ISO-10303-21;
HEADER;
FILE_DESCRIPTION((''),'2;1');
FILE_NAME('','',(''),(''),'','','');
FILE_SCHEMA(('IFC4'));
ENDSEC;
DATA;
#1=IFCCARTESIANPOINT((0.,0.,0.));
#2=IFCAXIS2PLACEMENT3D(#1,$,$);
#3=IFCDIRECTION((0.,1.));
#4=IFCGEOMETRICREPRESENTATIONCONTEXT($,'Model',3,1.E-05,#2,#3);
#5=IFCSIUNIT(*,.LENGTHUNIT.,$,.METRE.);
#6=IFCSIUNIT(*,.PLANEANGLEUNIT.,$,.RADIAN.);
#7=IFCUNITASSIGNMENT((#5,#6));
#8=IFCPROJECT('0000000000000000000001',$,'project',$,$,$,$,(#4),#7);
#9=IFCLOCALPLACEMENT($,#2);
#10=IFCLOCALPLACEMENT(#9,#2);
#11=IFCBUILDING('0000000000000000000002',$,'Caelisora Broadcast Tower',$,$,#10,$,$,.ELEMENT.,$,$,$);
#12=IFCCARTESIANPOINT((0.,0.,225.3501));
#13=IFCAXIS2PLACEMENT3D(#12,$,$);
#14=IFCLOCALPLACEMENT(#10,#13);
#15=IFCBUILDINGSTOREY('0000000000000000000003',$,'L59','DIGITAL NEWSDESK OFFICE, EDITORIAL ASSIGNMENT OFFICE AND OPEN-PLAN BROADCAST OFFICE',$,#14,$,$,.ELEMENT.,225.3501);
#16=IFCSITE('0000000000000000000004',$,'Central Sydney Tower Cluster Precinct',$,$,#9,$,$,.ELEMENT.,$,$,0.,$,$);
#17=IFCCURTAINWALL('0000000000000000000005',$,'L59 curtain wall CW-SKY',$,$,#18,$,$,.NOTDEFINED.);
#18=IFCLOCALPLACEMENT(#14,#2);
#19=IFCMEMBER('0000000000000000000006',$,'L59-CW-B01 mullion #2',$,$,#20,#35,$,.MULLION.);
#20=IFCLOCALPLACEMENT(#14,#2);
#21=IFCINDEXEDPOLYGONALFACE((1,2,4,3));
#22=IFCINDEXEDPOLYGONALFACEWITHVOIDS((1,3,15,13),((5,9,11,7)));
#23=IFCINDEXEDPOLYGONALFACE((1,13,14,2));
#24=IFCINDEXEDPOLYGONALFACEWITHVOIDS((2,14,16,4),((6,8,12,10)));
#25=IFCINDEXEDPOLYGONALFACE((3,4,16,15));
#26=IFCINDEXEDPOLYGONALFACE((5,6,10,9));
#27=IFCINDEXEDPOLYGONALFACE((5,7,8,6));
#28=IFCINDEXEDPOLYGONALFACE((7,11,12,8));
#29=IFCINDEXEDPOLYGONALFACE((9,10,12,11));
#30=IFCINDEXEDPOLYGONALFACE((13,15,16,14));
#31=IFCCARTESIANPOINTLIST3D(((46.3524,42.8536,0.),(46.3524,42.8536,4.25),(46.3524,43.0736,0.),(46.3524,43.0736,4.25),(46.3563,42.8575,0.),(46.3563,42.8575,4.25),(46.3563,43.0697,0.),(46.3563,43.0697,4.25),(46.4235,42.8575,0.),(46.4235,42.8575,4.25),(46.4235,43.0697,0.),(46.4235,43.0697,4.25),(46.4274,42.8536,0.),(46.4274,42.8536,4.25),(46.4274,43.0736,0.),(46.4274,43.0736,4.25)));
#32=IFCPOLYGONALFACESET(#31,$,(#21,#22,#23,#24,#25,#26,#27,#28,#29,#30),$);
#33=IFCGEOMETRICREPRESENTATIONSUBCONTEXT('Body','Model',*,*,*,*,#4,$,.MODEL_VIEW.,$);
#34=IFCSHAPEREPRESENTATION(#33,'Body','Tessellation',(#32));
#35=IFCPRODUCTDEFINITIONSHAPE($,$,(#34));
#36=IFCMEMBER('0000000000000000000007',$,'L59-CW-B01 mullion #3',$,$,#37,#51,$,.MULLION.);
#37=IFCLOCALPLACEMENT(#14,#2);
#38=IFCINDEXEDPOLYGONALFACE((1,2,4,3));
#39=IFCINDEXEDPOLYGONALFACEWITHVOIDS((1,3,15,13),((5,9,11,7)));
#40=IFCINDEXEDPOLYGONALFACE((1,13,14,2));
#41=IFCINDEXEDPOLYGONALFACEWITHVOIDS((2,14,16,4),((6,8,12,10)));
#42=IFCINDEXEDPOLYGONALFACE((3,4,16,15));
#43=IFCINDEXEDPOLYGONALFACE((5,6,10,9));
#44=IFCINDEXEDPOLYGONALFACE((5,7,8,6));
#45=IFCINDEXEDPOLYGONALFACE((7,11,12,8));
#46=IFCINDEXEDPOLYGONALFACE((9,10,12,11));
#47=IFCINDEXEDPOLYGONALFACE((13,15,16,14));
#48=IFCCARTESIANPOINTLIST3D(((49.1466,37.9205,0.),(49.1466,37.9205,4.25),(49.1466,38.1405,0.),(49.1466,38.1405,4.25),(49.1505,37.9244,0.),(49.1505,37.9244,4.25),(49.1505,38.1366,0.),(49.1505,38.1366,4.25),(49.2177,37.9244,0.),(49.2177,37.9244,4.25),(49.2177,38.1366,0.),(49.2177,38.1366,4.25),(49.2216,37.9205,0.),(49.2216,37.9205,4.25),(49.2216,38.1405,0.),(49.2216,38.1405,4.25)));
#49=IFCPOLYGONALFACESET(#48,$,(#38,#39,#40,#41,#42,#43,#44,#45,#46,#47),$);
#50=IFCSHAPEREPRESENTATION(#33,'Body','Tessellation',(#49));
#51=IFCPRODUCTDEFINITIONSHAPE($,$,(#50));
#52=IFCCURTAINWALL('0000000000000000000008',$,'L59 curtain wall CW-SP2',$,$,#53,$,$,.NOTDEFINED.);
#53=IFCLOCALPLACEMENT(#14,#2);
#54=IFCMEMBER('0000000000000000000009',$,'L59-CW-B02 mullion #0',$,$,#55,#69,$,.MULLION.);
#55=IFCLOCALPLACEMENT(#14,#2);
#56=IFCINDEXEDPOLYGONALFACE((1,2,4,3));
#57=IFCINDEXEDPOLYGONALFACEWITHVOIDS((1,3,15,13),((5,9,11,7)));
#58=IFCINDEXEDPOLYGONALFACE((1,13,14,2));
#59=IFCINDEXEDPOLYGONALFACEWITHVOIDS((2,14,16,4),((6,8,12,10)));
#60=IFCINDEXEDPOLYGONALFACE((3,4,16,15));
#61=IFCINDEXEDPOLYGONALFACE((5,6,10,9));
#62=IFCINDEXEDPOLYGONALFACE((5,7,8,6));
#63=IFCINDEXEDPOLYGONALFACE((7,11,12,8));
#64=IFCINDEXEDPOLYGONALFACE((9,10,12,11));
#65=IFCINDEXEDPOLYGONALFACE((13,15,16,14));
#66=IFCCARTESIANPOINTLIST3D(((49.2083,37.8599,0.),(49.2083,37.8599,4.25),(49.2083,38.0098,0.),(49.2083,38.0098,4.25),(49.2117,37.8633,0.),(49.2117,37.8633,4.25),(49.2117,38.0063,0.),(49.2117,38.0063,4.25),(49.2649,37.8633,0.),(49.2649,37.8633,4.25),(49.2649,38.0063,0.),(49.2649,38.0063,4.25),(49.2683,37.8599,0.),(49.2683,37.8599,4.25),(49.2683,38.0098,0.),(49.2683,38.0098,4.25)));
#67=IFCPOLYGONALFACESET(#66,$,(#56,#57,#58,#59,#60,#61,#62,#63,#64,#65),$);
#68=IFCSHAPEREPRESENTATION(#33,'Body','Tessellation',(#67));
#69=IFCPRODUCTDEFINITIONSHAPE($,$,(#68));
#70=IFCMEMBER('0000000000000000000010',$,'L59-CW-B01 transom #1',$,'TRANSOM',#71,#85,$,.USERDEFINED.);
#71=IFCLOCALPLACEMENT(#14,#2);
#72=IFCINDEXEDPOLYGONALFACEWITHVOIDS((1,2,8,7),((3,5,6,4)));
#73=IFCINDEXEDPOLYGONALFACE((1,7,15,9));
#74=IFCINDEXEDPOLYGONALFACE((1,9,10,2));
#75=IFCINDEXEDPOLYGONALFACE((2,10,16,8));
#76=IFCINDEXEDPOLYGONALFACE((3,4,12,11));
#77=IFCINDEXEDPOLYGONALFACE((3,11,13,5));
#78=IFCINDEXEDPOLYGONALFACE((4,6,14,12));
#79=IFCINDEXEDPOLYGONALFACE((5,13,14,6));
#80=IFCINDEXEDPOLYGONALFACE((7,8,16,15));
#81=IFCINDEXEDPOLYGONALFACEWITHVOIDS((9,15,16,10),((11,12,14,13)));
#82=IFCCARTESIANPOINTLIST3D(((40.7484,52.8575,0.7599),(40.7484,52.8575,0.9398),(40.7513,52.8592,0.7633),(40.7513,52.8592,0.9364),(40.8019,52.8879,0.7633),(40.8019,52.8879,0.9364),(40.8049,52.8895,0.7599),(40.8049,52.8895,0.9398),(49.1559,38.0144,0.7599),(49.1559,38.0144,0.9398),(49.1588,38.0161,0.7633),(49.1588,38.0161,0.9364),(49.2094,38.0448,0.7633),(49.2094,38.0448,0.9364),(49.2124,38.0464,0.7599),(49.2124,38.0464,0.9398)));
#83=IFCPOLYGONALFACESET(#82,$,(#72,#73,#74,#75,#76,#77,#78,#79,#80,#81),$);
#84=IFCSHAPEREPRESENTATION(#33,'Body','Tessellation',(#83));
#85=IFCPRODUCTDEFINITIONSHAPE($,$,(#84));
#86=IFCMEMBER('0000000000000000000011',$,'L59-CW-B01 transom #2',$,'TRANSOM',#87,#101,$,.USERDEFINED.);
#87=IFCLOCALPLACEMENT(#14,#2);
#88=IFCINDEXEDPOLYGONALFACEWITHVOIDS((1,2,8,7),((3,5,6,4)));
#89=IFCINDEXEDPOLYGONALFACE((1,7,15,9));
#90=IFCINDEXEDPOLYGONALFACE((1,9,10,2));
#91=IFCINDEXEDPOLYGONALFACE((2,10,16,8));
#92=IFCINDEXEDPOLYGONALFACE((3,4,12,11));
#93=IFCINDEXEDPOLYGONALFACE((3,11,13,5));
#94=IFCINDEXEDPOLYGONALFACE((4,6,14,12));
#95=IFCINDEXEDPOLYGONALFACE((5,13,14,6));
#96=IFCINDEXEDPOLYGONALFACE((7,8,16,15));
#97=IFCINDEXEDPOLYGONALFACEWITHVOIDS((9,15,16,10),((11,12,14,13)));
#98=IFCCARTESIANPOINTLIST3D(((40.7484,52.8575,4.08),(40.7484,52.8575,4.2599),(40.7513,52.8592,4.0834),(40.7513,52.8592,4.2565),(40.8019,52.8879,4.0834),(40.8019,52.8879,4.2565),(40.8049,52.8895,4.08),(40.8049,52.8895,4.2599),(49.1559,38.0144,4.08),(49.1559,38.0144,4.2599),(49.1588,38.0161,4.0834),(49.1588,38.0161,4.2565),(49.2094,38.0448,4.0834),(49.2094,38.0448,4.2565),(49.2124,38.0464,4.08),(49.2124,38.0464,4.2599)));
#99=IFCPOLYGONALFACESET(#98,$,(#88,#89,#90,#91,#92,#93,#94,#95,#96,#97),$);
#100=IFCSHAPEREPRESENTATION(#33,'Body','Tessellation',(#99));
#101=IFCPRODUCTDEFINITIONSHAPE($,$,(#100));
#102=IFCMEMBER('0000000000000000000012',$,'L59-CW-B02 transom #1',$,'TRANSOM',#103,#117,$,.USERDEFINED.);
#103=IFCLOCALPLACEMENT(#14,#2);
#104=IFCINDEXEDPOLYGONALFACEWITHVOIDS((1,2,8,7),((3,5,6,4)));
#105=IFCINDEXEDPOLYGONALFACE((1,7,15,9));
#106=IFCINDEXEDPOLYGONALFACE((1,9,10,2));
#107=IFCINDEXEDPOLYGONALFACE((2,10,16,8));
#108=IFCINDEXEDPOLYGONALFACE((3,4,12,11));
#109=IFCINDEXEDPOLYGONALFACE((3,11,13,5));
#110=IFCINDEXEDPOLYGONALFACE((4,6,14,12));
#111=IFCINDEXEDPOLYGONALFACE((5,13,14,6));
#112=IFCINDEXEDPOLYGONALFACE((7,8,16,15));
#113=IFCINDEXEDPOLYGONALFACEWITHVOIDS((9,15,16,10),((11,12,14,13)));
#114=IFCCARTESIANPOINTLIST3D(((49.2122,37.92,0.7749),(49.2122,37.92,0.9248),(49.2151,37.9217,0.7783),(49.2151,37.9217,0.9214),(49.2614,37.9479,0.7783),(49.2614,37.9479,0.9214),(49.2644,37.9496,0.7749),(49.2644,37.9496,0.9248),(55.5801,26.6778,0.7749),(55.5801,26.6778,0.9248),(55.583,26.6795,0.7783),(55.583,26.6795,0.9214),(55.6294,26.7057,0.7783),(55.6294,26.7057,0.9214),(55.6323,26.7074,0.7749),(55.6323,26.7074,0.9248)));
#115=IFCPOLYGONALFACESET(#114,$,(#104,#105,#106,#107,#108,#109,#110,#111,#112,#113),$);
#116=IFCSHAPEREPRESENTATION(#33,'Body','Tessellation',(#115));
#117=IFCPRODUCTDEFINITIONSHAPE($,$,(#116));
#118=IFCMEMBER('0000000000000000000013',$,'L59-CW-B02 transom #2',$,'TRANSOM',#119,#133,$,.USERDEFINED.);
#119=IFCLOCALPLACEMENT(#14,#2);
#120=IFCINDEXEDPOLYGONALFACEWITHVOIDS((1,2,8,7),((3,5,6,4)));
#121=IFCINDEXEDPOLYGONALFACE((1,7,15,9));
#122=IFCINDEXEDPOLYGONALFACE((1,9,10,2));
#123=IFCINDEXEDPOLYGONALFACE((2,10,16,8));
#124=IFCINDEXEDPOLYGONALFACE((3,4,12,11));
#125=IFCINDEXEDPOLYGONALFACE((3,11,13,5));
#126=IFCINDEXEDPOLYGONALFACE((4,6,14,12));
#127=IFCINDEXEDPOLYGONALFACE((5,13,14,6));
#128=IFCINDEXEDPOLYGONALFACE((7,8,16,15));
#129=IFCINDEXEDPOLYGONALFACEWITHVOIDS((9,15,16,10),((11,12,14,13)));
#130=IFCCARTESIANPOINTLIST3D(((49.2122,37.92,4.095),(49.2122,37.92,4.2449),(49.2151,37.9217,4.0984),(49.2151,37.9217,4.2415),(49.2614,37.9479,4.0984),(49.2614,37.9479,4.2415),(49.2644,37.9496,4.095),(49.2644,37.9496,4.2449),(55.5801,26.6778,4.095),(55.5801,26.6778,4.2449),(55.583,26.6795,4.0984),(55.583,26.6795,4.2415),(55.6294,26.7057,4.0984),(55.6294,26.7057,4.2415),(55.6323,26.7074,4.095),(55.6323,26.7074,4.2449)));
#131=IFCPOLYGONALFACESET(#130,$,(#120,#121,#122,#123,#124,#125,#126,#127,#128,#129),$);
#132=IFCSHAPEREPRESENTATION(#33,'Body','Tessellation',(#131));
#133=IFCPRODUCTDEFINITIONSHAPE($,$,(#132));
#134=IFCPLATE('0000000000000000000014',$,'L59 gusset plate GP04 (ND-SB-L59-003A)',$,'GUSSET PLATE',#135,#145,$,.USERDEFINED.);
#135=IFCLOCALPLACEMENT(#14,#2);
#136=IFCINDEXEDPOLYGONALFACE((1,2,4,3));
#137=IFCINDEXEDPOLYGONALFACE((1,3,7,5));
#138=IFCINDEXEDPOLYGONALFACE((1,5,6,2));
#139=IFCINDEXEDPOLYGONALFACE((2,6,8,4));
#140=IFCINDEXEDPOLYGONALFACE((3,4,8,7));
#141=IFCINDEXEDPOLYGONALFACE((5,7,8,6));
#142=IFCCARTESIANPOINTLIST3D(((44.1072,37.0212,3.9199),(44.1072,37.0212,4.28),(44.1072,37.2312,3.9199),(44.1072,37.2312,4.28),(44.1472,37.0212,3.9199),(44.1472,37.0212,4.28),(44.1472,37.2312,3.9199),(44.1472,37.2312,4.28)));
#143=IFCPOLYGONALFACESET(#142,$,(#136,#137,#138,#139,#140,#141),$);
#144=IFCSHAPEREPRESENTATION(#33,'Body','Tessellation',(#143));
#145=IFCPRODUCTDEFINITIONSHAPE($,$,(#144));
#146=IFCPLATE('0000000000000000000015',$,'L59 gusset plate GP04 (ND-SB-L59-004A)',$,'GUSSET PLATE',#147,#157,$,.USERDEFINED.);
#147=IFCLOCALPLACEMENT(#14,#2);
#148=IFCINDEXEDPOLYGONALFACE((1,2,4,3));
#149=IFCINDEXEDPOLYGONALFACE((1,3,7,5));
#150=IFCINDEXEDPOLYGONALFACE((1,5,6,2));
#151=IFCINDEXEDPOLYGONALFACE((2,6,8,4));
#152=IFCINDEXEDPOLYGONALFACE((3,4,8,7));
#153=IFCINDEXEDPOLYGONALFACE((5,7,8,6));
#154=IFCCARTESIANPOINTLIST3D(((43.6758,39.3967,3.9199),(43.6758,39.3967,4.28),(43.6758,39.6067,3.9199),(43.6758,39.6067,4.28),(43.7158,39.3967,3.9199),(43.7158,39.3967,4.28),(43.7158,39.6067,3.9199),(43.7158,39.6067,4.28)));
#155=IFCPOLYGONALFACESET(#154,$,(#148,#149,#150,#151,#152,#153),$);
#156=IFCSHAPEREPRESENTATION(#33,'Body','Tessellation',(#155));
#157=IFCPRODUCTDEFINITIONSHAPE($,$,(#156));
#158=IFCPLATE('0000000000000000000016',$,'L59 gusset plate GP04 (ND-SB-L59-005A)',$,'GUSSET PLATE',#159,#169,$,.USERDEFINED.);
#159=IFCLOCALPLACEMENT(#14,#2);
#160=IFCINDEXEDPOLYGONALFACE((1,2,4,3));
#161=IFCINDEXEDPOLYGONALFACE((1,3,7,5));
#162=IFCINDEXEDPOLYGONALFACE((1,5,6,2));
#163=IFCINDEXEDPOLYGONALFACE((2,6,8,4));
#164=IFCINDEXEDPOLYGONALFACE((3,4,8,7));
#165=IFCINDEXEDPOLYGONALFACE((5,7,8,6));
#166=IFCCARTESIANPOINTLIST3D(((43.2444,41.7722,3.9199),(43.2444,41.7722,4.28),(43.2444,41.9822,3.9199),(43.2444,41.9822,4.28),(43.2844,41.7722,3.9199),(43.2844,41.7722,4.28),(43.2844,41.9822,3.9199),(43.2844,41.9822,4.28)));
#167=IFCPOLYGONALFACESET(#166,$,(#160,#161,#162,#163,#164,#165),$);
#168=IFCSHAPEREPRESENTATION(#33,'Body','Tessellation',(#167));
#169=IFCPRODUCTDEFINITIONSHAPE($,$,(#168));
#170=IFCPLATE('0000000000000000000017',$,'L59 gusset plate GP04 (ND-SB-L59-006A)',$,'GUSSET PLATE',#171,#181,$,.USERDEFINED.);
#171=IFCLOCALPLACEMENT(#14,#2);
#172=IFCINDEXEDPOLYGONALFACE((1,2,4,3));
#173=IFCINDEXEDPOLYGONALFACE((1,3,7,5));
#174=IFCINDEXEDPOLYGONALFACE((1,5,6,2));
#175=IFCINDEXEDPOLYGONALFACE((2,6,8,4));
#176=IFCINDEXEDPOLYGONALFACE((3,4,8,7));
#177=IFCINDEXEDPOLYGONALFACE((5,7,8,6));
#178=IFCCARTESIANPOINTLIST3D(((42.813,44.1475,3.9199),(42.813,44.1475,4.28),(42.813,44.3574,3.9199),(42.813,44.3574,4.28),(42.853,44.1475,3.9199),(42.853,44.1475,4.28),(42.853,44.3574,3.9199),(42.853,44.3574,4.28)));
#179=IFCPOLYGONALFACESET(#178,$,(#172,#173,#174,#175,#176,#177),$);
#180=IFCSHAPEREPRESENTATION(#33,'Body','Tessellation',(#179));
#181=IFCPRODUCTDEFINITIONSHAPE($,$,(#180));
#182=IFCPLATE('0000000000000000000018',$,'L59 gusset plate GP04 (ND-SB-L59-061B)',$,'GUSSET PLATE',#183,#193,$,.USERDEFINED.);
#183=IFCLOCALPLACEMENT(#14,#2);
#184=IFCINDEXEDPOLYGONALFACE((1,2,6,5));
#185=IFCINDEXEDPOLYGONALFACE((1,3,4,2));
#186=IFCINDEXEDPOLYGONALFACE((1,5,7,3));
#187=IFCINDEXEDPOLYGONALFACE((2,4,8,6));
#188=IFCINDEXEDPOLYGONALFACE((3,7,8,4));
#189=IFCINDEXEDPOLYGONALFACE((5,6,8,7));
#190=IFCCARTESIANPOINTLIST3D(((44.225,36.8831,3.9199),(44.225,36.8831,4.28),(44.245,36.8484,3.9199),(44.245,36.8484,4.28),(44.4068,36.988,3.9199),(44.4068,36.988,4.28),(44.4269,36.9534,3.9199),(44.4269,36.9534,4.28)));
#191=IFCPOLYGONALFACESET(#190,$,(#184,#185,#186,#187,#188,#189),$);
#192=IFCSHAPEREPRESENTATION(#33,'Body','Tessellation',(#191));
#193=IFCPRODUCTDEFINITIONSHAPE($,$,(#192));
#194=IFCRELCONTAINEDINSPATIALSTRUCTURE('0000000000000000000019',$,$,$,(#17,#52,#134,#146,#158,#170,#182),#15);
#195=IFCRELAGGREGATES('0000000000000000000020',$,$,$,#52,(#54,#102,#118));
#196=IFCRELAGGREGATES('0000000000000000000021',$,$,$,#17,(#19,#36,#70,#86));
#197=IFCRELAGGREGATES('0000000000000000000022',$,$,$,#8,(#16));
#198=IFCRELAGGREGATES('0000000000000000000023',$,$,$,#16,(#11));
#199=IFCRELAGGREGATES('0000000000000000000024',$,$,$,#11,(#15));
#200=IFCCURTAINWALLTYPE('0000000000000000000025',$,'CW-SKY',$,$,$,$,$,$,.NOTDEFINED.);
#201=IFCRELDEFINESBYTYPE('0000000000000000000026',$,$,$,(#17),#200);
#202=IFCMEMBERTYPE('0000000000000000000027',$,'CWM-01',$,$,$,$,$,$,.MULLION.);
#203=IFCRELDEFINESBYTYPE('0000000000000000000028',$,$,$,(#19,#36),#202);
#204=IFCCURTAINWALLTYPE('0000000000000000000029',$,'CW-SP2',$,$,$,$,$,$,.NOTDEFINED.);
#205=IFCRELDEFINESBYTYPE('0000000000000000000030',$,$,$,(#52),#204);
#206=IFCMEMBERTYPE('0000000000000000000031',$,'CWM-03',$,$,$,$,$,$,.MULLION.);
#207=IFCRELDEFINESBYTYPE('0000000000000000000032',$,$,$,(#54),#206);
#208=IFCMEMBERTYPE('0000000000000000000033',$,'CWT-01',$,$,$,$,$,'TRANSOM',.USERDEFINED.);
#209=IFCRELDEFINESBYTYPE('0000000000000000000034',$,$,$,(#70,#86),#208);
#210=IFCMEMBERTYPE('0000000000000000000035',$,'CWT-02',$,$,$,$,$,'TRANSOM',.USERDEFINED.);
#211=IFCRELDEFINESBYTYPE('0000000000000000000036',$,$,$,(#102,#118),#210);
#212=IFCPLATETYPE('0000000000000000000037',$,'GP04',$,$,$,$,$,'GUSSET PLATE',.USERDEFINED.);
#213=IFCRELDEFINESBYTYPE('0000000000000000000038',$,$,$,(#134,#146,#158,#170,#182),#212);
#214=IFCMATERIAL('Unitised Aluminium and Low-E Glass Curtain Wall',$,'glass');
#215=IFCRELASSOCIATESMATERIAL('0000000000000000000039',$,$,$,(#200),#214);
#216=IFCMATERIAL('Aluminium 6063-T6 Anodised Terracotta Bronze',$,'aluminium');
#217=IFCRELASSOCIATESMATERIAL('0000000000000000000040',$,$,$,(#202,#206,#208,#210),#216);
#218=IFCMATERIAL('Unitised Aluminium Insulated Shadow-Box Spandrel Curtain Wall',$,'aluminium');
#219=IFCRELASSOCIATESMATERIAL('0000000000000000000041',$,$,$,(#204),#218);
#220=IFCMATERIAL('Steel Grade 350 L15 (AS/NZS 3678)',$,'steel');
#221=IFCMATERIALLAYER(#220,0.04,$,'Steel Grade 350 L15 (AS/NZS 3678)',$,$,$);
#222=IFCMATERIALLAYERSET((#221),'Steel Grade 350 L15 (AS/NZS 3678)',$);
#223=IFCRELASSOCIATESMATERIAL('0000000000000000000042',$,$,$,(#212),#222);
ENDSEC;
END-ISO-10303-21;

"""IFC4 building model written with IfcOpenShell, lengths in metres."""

from ifc_helpers import new_model, si_unit, direction, frame, origin, origin_2d, place, context, subcontext, project, spatial, rectangle, hollow_rectangle, extrude, source, transform, mapped, material, layer, layer_set, material_profile, profile_set, type_object, type_shapes, element, aggregate, save


model = new_model("IFC4")

# Units and contexts
model_context = context("Model", 3, precision=1e-05, world=origin(), true_north=direction((0.0, 1.0)))
body_context = subcontext(model_context, "Body", "Model", "MODEL_VIEW")
ifc_project = project(units=[si_unit("LENGTHUNIT", "METRE"), si_unit("PLANEANGLEUNIT", "RADIAN")], contexts=[model_context])

# Site, building, storey
site_placement = place(None, origin())
site = spatial("IfcSite", under=ifc_project, at=site_placement, Name="Central Sydney Tower Cluster Precinct", CompositionType="ELEMENT", RefElevation=0.0)
building_placement = place(site_placement, origin())
building = spatial("IfcBuilding", under=site, at=building_placement, Name="Caelisora Broadcast Tower", CompositionType="ELEMENT")
storey_placement = place(building_placement, frame((0.0, 0.0, 225.3501)))
storey = spatial("IfcBuildingStorey", under=building, at=storey_placement, Name="L59", Description="DIGITAL NEWSDESK OFFICE, EDITORIAL ASSIGNMENT OFFICE AND OPEN-PLAN BROADCAST OFFICE", CompositionType="ELEMENT", Elevation=225.3501)

# Shared definitions
ifc_material_1 = material(Name="Steel Grade 350 L15 (AS/NZS 3678)", Category="steel")

# Curtain wall, members
ifc_material_2 = material(Name="Unitised Aluminium and Low-E Glass Curtain Wall", Category="glass")
curtain_wall_type_1 = type_object("IfcCurtainWallType", Name="CW-SKY", PredefinedType="NOTDEFINED", material=ifc_material_2)
curtain_wall_1_placement = place(storey_placement, origin())
curtain_wall_1 = element("IfcCurtainWall", 1, at=curtain_wall_1_placement, inside=storey, type_object=curtain_wall_type_1, Name="L59 curtain wall CW-SKY", PredefinedType="NOTDEFINED")
ifc_material_3 = material(Name="Aluminium 6063-T6 Anodised Terracotta Bronze", Category="aluminium")
ifc_material_profile_1 = material_profile(ifc_material_3, hollow_rectangle(XDim=0.075, YDim=0.22, WallThickness=0.0039, at=origin_2d()), Name="Aluminium 6063-T6 Anodised Terracotta Bronze")
ifc_profile_set_1 = profile_set([ifc_material_profile_1], Name="Aluminium 6063-T6 Anodised Terracotta Bronze")
member_type_1 = type_object("IfcMemberType", Name="CWM-01", PredefinedType="MULLION", material=ifc_profile_set_1)
shared_shape_1 = source(origin(), body_context, "Body", "SweptSolid", [
    extrude(hollow_rectangle(XDim=0.075, YDim=0.22, WallThickness=0.0039, at=origin_2d()), origin(), (0.0, 0.0, 1.0), 4.25),
])
type_shapes(member_type_1, [shared_shape_1])
member_1_placement = place(storey_placement, frame((46.3899, 42.9636, 0.0), z_axis=(0.0, 0.0, 1.0), x_axis=(1.0, 0.0, 0.0)))
member_1 = element("IfcMember", 2, at=member_1_placement, type_object=member_type_1, Name="L59-CW-B01 mullion #2", PredefinedType="MULLION", context=body_context, shape_type="MappedRepresentation", body=[
    mapped(shared_shape_1, transform((0.0, 0.0, 0.0), scale=1.0)),
])
member_2_placement = place(storey_placement, frame((49.1841, 38.0305, 0.0), z_axis=(0.0, 0.0, 1.0), x_axis=(1.0, 0.0, 0.0)))
member_2 = element("IfcMember", 3, at=member_2_placement, type_object=member_type_1, Name="L59-CW-B01 mullion #3", PredefinedType="MULLION", context=body_context, shape_type="MappedRepresentation", body=[
    mapped(shared_shape_1, transform((0.0, 0.0, 0.0), scale=1.0)),
])

# Curtain wall, member
ifc_material_4 = material(Name="Unitised Aluminium Insulated Shadow-Box Spandrel Curtain Wall", Category="aluminium")
curtain_wall_type_2 = type_object("IfcCurtainWallType", Name="CW-SP2", PredefinedType="NOTDEFINED", material=ifc_material_4)
curtain_wall_2_placement = place(storey_placement, origin())
curtain_wall_2 = element("IfcCurtainWall", 4, at=curtain_wall_2_placement, inside=storey, type_object=curtain_wall_type_2, Name="L59 curtain wall CW-SP2", PredefinedType="NOTDEFINED")
ifc_material_profile_2 = material_profile(ifc_material_3, hollow_rectangle(XDim=0.0601, YDim=0.1499, WallThickness=0.0034, at=origin_2d()), Name="Aluminium 6063-T6 Anodised Terracotta Bronze")
ifc_profile_set_2 = profile_set([ifc_material_profile_2], Name="Aluminium 6063-T6 Anodised Terracotta Bronze")
member_type_2 = type_object("IfcMemberType", Name="CWM-03", PredefinedType="MULLION", material=ifc_profile_set_2)
shared_shape_2 = source(origin(), body_context, "Body", "SweptSolid", [
    extrude(hollow_rectangle(XDim=0.0601, YDim=0.1499, WallThickness=0.0034, at=origin_2d()), origin(), (0.0, 0.0, 1.0), 4.25),
])
type_shapes(member_type_2, [shared_shape_2])
member_3_placement = place(storey_placement, frame((49.2383, 37.9348, 0.0), z_axis=(0.0, 0.0, 1.0), x_axis=(1.0, 0.0, 0.0)))
member_3 = element("IfcMember", 5, at=member_3_placement, type_object=member_type_2, Name="L59-CW-B02 mullion #0", PredefinedType="MULLION", context=body_context, shape_type="MappedRepresentation", body=[
    mapped(shared_shape_2, transform((0.0, 0.0, 0.0), scale=1.0)),
])

# Members
ifc_material_profile_3 = material_profile(ifc_material_3, hollow_rectangle(XDim=0.0649, YDim=0.1799, WallThickness=0.0034, at=origin_2d()), Name="Aluminium 6063-T6 Anodised Terracotta Bronze")
ifc_profile_set_3 = profile_set([ifc_material_profile_3], Name="Aluminium 6063-T6 Anodised Terracotta Bronze")
member_type_3 = type_object("IfcMemberType", Name="CWT-01", ElementType="TRANSOM", PredefinedType="USERDEFINED", material=ifc_profile_set_3)
shared_shape_3 = source(origin(), body_context, "Body", "SweptSolid", [
    extrude(hollow_rectangle(XDim=0.0649, YDim=0.1799, WallThickness=0.0034, at=origin_2d()), origin(), (0.0, 0.0, 1.0), 17.0588),
])
type_shapes(member_type_3, [shared_shape_3])
member_4_placement = place(storey_placement, frame((40.7766, 52.8735, 0.8499), z_axis=(0.492854, -0.870112, 0.0), x_axis=(0.870112, 0.492854, 0.0)))
member_4 = element("IfcMember", 6, at=member_4_placement, type_object=member_type_3, Name="L59-CW-B01 transom #1", ObjectType="TRANSOM", PredefinedType="USERDEFINED", context=body_context, shape_type="MappedRepresentation", body=[
    mapped(shared_shape_3, transform((0.0, 0.0, 0.0), scale=1.0)),
])
member_5_placement = place(storey_placement, frame((40.7766, 52.8735, 4.1699), z_axis=(0.492854, -0.870112, 0.0), x_axis=(0.870112, 0.492854, 0.0)))
member_5 = element("IfcMember", 7, at=member_5_placement, type_object=member_type_3, Name="L59-CW-B01 transom #2", ObjectType="TRANSOM", PredefinedType="USERDEFINED", context=body_context, shape_type="MappedRepresentation", body=[
    mapped(shared_shape_3, transform((0.0, 0.0, 0.0), scale=1.0)),
])
ifc_material_profile_4 = material_profile(ifc_material_3, hollow_rectangle(XDim=0.0601, YDim=0.1499, WallThickness=0.0034, at=origin_2d()), Name="Aluminium 6063-T6 Anodised Terracotta Bronze")
ifc_profile_set_4 = profile_set([ifc_material_profile_4], Name="Aluminium 6063-T6 Anodised Terracotta Bronze")
member_type_4 = type_object("IfcMemberType", Name="CWT-02", ElementType="TRANSOM", PredefinedType="USERDEFINED", material=ifc_profile_set_4)
shared_shape_4 = source(origin(), body_context, "Body", "SweptSolid", [
    extrude(hollow_rectangle(XDim=0.0601, YDim=0.1499, WallThickness=0.0034, at=origin_2d()), origin(), (0.0, 0.0, 1.0), 12.9204),
])
type_shapes(member_type_4, [shared_shape_4])
member_6_placement = place(storey_placement, frame((49.2383, 37.9348, 0.8499), z_axis=(0.492857, -0.87011, 0.0), x_axis=(0.87011, 0.492857, 0.0)))
member_6 = element("IfcMember", 8, at=member_6_placement, type_object=member_type_4, Name="L59-CW-B02 transom #1", ObjectType="TRANSOM", PredefinedType="USERDEFINED", context=body_context, shape_type="MappedRepresentation", body=[
    mapped(shared_shape_4, transform((0.0, 0.0, 0.0), scale=1.0)),
])
member_7_placement = place(storey_placement, frame((49.2383, 37.9348, 4.1699), z_axis=(0.492857, -0.87011, 0.0), x_axis=(0.87011, 0.492857, 0.0)))
member_7 = element("IfcMember", 9, at=member_7_placement, type_object=member_type_4, Name="L59-CW-B02 transom #2", ObjectType="TRANSOM", PredefinedType="USERDEFINED", context=body_context, shape_type="MappedRepresentation", body=[
    mapped(shared_shape_4, transform((0.0, 0.0, 0.0), scale=1.0)),
])
aggregate(curtain_wall_2, [member_3, member_6, member_7])

# Plates
ifc_layer_1 = layer(ifc_material_1, 0.04, Name="Steel Grade 350 L15 (AS/NZS 3678)")
ifc_layer_set_1 = layer_set([ifc_layer_1], Name="Steel Grade 350 L15 (AS/NZS 3678)")
plate_type_1 = type_object("IfcPlateType", Name="GP04", ElementType="GUSSET PLATE", PredefinedType="USERDEFINED", material=ifc_layer_set_1)
shared_shape_5 = source(origin(), body_context, "Body", "SweptSolid", [
    extrude(rectangle(XDim=0.21, YDim=0.04, at=origin_2d()), origin(), (0.0, 0.0, 1.0), 0.3601),
])
type_shapes(plate_type_1, [shared_shape_5])
for number, where, z_axis, x_axis, name in (
    (10, (44.1272, 37.1262, 3.9199), (0.0, 0.0, 1.0), (0.0, -1.0, 0.0), "L59 gusset plate GP04 (ND-SB-L59-003A)"),
    (11, (43.6958, 39.5017, 3.9199), (0.0, 0.0, 1.0), (0.0, -1.0, 0.0), "L59 gusset plate GP04 (ND-SB-L59-004A)"),
    (12, (43.2644, 41.8772, 3.9199), (0.0, 0.0, 1.0), (0.0, -1.0, 0.0), "L59 gusset plate GP04 (ND-SB-L59-005A)"),
    (13, (42.833, 44.2524, 3.9199), (0.0, 0.0, 1.0), (0.0, -1.0, 0.0), "L59 gusset plate GP04 (ND-SB-L59-006A)"),
    (14, (44.3259, 36.9182, 3.9199), (0.0, 0.0, 1.0), (-0.866025, -0.5, 0.0), "L59 gusset plate GP04 (ND-SB-L59-061B)"),
):
    element("IfcPlate", number, at=place(storey_placement, frame(where, z_axis=z_axis, x_axis=x_axis)), inside=storey, type_object=plate_type_1, Name=name, ObjectType="GUSSET PLATE", PredefinedType="USERDEFINED", context=body_context, shape_type="MappedRepresentation", body=[
        mapped(shared_shape_5, transform((0.0, 0.0, 0.0), scale=1.0)),
    ])

aggregate(curtain_wall_1, [member_1, member_2, member_4, member_5])

save(model, "model.ifc")
